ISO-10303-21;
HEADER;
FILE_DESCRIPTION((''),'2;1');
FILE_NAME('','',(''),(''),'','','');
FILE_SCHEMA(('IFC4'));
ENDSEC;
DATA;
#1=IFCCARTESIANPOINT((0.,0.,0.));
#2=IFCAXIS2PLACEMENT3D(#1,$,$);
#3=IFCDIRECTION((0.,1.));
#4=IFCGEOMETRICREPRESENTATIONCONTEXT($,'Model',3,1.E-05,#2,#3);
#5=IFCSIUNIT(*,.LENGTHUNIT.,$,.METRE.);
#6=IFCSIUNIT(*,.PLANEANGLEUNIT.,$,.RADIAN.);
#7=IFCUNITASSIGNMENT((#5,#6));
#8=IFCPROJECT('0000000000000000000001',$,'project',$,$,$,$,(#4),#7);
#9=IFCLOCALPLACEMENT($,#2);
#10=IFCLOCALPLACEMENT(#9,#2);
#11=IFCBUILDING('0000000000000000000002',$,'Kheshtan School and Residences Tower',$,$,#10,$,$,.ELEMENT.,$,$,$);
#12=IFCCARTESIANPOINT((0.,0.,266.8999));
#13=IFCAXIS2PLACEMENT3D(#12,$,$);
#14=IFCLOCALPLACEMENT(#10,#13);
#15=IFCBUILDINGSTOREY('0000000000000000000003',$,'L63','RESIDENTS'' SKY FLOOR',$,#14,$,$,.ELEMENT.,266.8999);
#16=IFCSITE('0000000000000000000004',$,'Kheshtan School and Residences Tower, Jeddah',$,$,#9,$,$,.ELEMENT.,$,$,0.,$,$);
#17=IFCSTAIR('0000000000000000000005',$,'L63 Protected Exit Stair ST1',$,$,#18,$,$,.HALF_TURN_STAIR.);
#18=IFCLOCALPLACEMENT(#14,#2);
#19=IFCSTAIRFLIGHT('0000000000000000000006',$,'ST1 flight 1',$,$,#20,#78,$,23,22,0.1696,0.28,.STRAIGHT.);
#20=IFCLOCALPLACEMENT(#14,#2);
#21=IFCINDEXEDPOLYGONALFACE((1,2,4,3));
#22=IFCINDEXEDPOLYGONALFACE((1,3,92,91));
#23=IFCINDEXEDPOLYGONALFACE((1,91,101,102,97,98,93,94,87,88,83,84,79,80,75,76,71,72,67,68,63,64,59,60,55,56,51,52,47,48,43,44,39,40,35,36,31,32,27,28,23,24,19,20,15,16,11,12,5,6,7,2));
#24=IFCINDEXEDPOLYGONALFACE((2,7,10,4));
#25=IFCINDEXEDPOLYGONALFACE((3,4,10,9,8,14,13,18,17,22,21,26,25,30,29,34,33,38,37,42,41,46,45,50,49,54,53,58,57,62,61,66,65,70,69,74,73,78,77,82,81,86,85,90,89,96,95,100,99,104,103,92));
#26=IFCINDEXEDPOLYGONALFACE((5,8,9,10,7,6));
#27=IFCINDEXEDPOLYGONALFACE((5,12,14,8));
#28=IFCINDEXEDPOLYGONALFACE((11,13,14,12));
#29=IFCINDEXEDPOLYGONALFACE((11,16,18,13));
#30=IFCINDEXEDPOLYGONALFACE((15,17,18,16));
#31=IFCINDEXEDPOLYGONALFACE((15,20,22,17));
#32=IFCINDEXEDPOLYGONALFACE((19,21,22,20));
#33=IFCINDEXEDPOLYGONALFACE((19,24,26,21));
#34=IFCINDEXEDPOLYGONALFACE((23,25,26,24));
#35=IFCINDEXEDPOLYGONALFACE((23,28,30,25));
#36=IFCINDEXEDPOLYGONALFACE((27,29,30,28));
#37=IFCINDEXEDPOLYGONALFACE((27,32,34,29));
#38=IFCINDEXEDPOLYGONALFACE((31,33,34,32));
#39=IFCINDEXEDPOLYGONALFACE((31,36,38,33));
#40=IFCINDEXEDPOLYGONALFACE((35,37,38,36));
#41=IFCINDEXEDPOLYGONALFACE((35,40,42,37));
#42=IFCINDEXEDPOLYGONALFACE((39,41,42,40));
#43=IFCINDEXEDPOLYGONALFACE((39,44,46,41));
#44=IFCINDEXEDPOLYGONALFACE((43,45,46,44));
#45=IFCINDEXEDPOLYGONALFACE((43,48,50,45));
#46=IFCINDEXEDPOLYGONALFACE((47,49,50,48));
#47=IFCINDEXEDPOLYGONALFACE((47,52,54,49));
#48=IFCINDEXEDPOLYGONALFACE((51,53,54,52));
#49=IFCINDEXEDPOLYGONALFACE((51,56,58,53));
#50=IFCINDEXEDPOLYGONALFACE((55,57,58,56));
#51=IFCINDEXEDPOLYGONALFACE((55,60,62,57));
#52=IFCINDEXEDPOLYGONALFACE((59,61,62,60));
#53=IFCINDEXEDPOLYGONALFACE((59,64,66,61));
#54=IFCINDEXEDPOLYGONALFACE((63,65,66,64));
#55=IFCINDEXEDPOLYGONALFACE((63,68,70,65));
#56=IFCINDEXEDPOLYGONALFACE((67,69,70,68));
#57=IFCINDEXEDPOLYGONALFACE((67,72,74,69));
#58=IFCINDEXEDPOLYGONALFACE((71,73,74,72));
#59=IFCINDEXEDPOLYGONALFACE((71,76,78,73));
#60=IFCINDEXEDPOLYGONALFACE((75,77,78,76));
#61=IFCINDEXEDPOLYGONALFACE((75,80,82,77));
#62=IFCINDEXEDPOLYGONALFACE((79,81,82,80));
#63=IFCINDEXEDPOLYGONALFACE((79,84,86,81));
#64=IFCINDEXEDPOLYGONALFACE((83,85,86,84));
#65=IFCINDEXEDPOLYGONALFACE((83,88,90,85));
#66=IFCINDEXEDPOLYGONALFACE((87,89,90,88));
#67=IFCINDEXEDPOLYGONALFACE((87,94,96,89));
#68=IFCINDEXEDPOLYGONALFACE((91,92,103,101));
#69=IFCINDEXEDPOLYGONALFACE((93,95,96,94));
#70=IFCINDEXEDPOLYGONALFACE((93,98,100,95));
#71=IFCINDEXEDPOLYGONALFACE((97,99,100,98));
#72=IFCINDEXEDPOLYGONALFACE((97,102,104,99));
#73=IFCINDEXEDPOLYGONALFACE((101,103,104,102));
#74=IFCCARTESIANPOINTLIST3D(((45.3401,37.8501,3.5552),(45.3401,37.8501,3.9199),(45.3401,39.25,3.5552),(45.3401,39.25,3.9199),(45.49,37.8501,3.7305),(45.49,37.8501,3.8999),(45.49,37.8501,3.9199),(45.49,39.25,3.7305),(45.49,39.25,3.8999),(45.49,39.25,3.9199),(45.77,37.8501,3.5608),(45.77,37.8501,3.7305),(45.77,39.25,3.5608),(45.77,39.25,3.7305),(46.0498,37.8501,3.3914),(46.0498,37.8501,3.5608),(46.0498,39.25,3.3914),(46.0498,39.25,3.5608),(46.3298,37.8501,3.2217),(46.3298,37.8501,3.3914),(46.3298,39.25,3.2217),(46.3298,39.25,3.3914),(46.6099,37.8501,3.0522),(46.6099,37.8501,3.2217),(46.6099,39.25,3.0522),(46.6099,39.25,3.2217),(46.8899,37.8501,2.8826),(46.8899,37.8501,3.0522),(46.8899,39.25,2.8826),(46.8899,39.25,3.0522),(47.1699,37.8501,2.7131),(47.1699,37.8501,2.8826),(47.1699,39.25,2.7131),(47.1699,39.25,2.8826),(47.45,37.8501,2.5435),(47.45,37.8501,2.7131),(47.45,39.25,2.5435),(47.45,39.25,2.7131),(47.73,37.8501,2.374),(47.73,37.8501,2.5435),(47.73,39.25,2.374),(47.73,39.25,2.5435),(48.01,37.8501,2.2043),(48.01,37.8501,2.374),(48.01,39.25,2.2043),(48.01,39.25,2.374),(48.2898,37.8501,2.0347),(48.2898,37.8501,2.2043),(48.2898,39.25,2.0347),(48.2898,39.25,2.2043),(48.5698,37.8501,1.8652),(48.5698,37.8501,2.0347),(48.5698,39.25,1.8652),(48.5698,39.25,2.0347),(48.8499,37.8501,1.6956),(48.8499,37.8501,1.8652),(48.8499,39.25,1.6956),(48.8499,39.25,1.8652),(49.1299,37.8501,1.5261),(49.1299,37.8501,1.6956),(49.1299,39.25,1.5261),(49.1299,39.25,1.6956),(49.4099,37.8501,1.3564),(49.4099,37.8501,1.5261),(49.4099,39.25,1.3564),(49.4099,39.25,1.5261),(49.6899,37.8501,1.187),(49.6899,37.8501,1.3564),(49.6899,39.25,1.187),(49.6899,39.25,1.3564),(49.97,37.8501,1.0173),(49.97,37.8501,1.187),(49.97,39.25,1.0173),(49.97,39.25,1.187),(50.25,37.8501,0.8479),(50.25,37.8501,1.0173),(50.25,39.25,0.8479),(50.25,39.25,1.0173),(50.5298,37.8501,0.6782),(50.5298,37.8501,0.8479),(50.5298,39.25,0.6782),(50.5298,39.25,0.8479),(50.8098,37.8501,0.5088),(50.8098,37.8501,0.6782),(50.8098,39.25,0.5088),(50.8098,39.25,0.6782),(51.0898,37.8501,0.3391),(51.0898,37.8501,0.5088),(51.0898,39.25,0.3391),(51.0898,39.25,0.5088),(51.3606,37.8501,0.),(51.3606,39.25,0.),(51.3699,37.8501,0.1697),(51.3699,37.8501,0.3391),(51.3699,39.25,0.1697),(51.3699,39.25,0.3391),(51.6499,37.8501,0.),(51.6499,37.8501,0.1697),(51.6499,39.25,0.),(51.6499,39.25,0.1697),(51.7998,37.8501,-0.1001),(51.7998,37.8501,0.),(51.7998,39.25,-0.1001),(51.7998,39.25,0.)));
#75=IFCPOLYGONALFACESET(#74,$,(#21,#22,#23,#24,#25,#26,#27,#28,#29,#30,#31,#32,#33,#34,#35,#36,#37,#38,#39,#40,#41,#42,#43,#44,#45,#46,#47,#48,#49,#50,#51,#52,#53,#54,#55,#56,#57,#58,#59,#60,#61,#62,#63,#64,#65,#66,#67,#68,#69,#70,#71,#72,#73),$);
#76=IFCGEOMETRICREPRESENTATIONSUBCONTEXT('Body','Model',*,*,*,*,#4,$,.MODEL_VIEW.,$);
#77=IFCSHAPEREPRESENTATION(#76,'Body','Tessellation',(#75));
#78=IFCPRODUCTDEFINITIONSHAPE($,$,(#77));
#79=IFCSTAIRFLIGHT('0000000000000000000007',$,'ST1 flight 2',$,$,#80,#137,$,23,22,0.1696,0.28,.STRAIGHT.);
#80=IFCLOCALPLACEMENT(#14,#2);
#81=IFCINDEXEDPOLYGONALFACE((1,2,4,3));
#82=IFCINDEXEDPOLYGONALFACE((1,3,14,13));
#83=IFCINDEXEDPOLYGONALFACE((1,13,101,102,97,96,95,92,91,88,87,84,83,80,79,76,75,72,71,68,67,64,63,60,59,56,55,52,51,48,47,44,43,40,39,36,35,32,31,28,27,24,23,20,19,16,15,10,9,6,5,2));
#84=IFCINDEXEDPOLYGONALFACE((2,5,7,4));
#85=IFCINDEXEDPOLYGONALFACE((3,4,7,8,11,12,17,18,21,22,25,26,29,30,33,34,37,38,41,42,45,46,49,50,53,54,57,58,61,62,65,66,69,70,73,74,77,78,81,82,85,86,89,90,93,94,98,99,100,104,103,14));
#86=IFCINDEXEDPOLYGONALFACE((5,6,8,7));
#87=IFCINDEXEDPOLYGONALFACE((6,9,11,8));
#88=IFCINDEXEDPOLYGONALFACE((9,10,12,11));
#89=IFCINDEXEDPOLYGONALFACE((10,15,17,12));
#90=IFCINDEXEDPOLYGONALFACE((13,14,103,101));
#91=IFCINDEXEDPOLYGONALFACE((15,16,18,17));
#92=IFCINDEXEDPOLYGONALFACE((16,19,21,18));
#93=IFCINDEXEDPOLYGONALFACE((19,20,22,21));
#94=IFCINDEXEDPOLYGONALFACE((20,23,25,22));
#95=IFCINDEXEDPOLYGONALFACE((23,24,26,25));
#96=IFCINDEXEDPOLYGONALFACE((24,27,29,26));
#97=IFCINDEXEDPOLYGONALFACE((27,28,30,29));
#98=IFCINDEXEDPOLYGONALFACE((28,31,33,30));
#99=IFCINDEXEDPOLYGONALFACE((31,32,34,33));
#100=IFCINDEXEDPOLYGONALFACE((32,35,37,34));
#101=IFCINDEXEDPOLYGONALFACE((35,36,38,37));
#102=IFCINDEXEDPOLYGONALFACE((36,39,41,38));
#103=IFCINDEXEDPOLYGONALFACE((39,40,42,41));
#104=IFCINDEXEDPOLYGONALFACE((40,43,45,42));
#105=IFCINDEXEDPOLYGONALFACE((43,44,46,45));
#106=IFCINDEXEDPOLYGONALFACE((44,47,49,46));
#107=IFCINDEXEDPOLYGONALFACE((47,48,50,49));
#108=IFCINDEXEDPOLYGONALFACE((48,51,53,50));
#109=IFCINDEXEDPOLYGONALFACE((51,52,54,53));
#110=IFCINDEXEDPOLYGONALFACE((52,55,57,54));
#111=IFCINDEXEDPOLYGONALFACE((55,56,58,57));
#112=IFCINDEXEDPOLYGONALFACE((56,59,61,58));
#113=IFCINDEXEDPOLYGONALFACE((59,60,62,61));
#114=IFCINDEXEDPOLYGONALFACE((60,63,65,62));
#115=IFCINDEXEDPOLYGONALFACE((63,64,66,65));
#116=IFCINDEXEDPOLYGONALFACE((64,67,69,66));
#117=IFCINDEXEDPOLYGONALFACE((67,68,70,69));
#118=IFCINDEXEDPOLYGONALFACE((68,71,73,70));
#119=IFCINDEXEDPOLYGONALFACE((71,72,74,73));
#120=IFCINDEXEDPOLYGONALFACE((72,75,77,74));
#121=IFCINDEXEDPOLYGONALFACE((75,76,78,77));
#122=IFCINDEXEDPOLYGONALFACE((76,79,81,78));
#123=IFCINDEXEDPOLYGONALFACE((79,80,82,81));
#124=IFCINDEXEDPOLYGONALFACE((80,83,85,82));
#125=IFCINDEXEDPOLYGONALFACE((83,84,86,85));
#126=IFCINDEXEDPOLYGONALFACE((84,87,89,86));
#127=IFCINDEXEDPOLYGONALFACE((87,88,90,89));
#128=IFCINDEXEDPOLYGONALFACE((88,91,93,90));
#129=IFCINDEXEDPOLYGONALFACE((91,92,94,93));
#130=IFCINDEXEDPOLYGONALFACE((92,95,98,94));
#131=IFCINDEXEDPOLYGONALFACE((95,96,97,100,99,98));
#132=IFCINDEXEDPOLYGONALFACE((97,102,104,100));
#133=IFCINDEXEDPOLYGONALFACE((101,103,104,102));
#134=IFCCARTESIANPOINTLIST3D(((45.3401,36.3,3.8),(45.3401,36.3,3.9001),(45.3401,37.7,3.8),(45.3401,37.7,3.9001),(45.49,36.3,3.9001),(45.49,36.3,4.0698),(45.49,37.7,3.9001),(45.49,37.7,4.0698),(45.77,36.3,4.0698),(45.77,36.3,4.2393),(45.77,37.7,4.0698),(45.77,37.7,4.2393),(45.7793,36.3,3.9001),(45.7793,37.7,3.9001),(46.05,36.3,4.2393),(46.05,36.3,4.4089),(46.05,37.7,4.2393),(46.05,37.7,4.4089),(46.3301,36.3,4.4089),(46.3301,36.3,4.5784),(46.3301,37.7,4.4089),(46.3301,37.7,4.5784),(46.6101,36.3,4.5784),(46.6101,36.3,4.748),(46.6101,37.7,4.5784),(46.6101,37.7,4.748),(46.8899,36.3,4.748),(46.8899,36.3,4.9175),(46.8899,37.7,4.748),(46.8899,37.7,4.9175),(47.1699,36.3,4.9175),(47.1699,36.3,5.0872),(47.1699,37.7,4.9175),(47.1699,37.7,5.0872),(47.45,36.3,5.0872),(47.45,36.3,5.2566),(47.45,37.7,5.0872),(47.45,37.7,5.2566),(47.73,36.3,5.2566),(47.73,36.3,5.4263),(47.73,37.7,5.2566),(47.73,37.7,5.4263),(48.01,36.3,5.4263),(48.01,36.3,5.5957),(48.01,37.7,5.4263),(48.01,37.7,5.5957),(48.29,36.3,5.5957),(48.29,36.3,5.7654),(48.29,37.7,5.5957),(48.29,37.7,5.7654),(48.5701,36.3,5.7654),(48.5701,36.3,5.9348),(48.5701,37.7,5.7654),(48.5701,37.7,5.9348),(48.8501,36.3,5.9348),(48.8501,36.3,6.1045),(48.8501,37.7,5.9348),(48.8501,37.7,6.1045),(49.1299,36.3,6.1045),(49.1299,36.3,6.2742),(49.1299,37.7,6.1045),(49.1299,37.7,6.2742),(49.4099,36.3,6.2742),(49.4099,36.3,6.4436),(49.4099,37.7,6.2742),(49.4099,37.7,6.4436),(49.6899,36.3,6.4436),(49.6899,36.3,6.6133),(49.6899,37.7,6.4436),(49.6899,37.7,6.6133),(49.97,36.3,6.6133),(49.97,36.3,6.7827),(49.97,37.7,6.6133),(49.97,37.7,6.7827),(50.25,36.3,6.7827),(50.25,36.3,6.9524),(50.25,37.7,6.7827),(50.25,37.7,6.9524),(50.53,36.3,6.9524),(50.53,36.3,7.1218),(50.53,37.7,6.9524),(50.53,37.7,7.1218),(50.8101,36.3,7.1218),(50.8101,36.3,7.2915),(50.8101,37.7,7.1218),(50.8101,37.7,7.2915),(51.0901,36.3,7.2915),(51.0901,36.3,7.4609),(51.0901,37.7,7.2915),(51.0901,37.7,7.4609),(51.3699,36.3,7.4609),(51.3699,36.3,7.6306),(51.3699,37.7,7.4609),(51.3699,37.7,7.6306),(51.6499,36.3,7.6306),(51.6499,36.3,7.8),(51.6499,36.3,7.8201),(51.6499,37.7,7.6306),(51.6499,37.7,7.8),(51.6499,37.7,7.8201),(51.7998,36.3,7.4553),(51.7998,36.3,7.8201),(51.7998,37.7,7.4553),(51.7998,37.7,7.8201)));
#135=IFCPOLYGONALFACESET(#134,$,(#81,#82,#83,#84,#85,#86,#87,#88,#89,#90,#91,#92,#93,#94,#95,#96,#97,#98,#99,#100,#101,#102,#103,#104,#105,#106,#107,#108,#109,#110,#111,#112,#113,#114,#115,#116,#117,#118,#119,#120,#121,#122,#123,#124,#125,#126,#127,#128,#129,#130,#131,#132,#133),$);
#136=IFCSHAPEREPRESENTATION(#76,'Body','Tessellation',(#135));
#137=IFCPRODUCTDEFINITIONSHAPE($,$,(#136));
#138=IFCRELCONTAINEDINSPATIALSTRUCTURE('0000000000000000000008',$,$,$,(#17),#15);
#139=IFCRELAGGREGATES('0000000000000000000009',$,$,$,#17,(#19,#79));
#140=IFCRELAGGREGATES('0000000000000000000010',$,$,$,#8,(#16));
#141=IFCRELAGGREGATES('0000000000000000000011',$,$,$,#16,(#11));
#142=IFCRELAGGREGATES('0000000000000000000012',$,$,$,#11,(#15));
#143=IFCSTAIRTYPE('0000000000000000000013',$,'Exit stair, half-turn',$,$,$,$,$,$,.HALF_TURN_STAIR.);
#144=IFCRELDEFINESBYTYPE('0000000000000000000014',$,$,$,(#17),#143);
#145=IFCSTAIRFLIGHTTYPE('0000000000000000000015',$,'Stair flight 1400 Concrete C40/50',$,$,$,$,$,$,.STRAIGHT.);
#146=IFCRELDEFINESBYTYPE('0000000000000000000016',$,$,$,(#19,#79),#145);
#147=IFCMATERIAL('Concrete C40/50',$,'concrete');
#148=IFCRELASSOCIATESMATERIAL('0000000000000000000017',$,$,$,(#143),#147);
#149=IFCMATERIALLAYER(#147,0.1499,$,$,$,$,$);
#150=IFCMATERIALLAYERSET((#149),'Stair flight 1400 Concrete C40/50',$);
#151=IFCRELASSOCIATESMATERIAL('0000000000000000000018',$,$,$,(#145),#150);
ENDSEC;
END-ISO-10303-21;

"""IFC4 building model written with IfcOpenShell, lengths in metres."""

from ifc_helpers import new_model, si_unit, direction, frame, origin, place, context, subcontext, project, spatial, polyline, outline, extrude, material, layer, layer_set, type_object, element, aggregate, save


model = new_model("IFC4")

# Units and contexts
model_context = context("Model", 3, precision=1e-05, world=origin(), true_north=direction((0.0, 1.0)))
body_context = subcontext(model_context, "Body", "Model", "MODEL_VIEW")
ifc_project = project(units=[si_unit("LENGTHUNIT", "METRE"), si_unit("PLANEANGLEUNIT", "RADIAN")], contexts=[model_context])

# Site, building, storey
site_placement = place(None, origin())
site = spatial("IfcSite", under=ifc_project, at=site_placement, Name="Kheshtan School and Residences Tower, Jeddah", CompositionType="ELEMENT", RefElevation=0.0)
building_placement = place(site_placement, origin())
building = spatial("IfcBuilding", under=site, at=building_placement, Name="Kheshtan School and Residences Tower", CompositionType="ELEMENT")
storey_placement = place(building_placement, frame((0.0, 0.0, 266.8999)))
storey = spatial("IfcBuildingStorey", under=building, at=storey_placement, Name="L63", Description="RESIDENTS' SKY FLOOR", CompositionType="ELEMENT", Elevation=266.8999)

# Shared definitions
ifc_material_1 = material(Name="Concrete C40/50", Category="concrete")

# Stair, stair flights
stair_type = type_object("IfcStairType", Name="Exit stair, half-turn", PredefinedType="HALF_TURN_STAIR", material=ifc_material_1)
stair_placement = place(storey_placement, origin())
stair = element("IfcStair", 1, at=stair_placement, inside=storey, type_object=stair_type, Name="L63 Protected Exit Stair ST1", PredefinedType="HALF_TURN_STAIR")
ifc_layer_1 = layer(ifc_material_1, 0.1499)
ifc_layer_set_1 = layer_set([ifc_layer_1], Name="Stair flight 1400 Concrete C40/50")
stair_flight_type = type_object("IfcStairFlightType", Name="Stair flight 1400 Concrete C40/50", PredefinedType="STRAIGHT", material=ifc_layer_set_1)
stair_flight_1_placement = place(storey_placement, frame((51.6499, 38.55, 0.0), z_axis=(0.0, 0.0, 1.0), x_axis=(-1.0, 0.0, 0.0)))
stair_flight_1 = element("IfcStairFlight", 2, at=stair_flight_1_placement, type_object=stair_flight_type, Name="ST1 flight 1", NumberOfRisers=23, NumberOfTreads=22, PredefinedType="STRAIGHT", RiserHeight=0.1696, TreadLength=0.28, context=body_context, shape_type="SweptSolid", body=[
    extrude(outline(polyline([(-0.1499, -0.1001), (-0.1499, 0.0), (0.0, 0.0), (0.0, 0.1697), (0.28, 0.1697), (0.28, 0.3391), (0.5601, 0.3391), (0.5601, 0.5088), (0.8401, 0.5088), (0.8401, 0.6782), (1.1201, 0.6782), (1.1201, 0.8479), (1.3999, 0.8479), (1.3999, 1.0173), (1.6799, 1.0173), (1.6799, 1.187), (1.96, 1.187), (1.96, 1.3564), (2.24, 1.3564), (2.24, 1.5261), (2.52, 1.5261), (2.52, 1.6956), (2.8, 1.6956), (2.8, 1.8652), (3.0801, 1.8652), (3.0801, 2.0347), (3.3601, 2.0347), (3.3601, 2.2043), (3.6399, 2.2043), (3.6399, 2.374), (3.9199, 2.374), (3.9199, 2.5435), (4.2, 2.5435), (4.2, 2.7131), (4.48, 2.7131), (4.48, 2.8826), (4.76, 2.8826), (4.76, 3.0522), (5.04, 3.0522), (5.04, 3.2217), (5.3201, 3.2217), (5.3201, 3.3914), (5.6001, 3.3914), (5.6001, 3.5608), (5.8799, 3.5608), (5.8799, 3.7305), (6.1599, 3.7305), (6.1599, 3.8999), (6.1599, 3.9199), (6.3098, 3.9199), (6.3098, 3.5552), (0.2893, 0.0), (-0.1499, -0.1001)])), frame((0.0, 0.7, 0.0), z_axis=(0.0, -1.0, 0.0), x_axis=(1.0, 0.0, 0.0)), (0.0, 0.0, 1.0), 1.3999),
])
stair_flight_2_placement = place(storey_placement, frame((45.49, 37.0, 3.9001), z_axis=(0.0, 0.0, 1.0), x_axis=(1.0, 0.0, 0.0)))
stair_flight_2 = element("IfcStairFlight", 3, at=stair_flight_2_placement, type_object=stair_flight_type, Name="ST1 flight 2", NumberOfRisers=23, NumberOfTreads=22, PredefinedType="STRAIGHT", RiserHeight=0.1696, TreadLength=0.28, context=body_context, shape_type="SweptSolid", body=[
    extrude(outline(polyline([(-0.1499, -0.1001), (-0.1499, 0.0), (0.0, 0.0), (0.0, 0.1697), (0.28, 0.1697), (0.28, 0.3391), (0.5601, 0.3391), (0.5601, 0.5088), (0.8401, 0.5088), (0.8401, 0.6782), (1.1201, 0.6782), (1.1201, 0.8479), (1.3999, 0.8479), (1.3999, 1.0173), (1.6799, 1.0173), (1.6799, 1.187), (1.96, 1.187), (1.96, 1.3564), (2.24, 1.3564), (2.24, 1.5261), (2.52, 1.5261), (2.52, 1.6956), (2.8, 1.6956), (2.8, 1.8652), (3.0801, 1.8652), (3.0801, 2.0347), (3.3601, 2.0347), (3.3601, 2.2043), (3.6399, 2.2043), (3.6399, 2.374), (3.9199, 2.374), (3.9199, 2.5435), (4.2, 2.5435), (4.2, 2.7131), (4.48, 2.7131), (4.48, 2.8826), (4.76, 2.8826), (4.76, 3.0522), (5.04, 3.0522), (5.04, 3.2217), (5.3201, 3.2217), (5.3201, 3.3914), (5.6001, 3.3914), (5.6001, 3.5608), (5.8799, 3.5608), (5.8799, 3.7305), (6.1599, 3.7305), (6.1599, 3.8999), (6.1599, 3.9199), (6.3098, 3.9199), (6.3098, 3.5552), (0.2893, 0.0), (-0.1499, -0.1001)])), frame((0.0, 0.7, 0.0), z_axis=(0.0, -1.0, 0.0), x_axis=(1.0, 0.0, 0.0)), (0.0, 0.0, 1.0), 1.3999),
])
aggregate(stair, [stair_flight_1, stair_flight_2])

save(model, "model.ifc")
